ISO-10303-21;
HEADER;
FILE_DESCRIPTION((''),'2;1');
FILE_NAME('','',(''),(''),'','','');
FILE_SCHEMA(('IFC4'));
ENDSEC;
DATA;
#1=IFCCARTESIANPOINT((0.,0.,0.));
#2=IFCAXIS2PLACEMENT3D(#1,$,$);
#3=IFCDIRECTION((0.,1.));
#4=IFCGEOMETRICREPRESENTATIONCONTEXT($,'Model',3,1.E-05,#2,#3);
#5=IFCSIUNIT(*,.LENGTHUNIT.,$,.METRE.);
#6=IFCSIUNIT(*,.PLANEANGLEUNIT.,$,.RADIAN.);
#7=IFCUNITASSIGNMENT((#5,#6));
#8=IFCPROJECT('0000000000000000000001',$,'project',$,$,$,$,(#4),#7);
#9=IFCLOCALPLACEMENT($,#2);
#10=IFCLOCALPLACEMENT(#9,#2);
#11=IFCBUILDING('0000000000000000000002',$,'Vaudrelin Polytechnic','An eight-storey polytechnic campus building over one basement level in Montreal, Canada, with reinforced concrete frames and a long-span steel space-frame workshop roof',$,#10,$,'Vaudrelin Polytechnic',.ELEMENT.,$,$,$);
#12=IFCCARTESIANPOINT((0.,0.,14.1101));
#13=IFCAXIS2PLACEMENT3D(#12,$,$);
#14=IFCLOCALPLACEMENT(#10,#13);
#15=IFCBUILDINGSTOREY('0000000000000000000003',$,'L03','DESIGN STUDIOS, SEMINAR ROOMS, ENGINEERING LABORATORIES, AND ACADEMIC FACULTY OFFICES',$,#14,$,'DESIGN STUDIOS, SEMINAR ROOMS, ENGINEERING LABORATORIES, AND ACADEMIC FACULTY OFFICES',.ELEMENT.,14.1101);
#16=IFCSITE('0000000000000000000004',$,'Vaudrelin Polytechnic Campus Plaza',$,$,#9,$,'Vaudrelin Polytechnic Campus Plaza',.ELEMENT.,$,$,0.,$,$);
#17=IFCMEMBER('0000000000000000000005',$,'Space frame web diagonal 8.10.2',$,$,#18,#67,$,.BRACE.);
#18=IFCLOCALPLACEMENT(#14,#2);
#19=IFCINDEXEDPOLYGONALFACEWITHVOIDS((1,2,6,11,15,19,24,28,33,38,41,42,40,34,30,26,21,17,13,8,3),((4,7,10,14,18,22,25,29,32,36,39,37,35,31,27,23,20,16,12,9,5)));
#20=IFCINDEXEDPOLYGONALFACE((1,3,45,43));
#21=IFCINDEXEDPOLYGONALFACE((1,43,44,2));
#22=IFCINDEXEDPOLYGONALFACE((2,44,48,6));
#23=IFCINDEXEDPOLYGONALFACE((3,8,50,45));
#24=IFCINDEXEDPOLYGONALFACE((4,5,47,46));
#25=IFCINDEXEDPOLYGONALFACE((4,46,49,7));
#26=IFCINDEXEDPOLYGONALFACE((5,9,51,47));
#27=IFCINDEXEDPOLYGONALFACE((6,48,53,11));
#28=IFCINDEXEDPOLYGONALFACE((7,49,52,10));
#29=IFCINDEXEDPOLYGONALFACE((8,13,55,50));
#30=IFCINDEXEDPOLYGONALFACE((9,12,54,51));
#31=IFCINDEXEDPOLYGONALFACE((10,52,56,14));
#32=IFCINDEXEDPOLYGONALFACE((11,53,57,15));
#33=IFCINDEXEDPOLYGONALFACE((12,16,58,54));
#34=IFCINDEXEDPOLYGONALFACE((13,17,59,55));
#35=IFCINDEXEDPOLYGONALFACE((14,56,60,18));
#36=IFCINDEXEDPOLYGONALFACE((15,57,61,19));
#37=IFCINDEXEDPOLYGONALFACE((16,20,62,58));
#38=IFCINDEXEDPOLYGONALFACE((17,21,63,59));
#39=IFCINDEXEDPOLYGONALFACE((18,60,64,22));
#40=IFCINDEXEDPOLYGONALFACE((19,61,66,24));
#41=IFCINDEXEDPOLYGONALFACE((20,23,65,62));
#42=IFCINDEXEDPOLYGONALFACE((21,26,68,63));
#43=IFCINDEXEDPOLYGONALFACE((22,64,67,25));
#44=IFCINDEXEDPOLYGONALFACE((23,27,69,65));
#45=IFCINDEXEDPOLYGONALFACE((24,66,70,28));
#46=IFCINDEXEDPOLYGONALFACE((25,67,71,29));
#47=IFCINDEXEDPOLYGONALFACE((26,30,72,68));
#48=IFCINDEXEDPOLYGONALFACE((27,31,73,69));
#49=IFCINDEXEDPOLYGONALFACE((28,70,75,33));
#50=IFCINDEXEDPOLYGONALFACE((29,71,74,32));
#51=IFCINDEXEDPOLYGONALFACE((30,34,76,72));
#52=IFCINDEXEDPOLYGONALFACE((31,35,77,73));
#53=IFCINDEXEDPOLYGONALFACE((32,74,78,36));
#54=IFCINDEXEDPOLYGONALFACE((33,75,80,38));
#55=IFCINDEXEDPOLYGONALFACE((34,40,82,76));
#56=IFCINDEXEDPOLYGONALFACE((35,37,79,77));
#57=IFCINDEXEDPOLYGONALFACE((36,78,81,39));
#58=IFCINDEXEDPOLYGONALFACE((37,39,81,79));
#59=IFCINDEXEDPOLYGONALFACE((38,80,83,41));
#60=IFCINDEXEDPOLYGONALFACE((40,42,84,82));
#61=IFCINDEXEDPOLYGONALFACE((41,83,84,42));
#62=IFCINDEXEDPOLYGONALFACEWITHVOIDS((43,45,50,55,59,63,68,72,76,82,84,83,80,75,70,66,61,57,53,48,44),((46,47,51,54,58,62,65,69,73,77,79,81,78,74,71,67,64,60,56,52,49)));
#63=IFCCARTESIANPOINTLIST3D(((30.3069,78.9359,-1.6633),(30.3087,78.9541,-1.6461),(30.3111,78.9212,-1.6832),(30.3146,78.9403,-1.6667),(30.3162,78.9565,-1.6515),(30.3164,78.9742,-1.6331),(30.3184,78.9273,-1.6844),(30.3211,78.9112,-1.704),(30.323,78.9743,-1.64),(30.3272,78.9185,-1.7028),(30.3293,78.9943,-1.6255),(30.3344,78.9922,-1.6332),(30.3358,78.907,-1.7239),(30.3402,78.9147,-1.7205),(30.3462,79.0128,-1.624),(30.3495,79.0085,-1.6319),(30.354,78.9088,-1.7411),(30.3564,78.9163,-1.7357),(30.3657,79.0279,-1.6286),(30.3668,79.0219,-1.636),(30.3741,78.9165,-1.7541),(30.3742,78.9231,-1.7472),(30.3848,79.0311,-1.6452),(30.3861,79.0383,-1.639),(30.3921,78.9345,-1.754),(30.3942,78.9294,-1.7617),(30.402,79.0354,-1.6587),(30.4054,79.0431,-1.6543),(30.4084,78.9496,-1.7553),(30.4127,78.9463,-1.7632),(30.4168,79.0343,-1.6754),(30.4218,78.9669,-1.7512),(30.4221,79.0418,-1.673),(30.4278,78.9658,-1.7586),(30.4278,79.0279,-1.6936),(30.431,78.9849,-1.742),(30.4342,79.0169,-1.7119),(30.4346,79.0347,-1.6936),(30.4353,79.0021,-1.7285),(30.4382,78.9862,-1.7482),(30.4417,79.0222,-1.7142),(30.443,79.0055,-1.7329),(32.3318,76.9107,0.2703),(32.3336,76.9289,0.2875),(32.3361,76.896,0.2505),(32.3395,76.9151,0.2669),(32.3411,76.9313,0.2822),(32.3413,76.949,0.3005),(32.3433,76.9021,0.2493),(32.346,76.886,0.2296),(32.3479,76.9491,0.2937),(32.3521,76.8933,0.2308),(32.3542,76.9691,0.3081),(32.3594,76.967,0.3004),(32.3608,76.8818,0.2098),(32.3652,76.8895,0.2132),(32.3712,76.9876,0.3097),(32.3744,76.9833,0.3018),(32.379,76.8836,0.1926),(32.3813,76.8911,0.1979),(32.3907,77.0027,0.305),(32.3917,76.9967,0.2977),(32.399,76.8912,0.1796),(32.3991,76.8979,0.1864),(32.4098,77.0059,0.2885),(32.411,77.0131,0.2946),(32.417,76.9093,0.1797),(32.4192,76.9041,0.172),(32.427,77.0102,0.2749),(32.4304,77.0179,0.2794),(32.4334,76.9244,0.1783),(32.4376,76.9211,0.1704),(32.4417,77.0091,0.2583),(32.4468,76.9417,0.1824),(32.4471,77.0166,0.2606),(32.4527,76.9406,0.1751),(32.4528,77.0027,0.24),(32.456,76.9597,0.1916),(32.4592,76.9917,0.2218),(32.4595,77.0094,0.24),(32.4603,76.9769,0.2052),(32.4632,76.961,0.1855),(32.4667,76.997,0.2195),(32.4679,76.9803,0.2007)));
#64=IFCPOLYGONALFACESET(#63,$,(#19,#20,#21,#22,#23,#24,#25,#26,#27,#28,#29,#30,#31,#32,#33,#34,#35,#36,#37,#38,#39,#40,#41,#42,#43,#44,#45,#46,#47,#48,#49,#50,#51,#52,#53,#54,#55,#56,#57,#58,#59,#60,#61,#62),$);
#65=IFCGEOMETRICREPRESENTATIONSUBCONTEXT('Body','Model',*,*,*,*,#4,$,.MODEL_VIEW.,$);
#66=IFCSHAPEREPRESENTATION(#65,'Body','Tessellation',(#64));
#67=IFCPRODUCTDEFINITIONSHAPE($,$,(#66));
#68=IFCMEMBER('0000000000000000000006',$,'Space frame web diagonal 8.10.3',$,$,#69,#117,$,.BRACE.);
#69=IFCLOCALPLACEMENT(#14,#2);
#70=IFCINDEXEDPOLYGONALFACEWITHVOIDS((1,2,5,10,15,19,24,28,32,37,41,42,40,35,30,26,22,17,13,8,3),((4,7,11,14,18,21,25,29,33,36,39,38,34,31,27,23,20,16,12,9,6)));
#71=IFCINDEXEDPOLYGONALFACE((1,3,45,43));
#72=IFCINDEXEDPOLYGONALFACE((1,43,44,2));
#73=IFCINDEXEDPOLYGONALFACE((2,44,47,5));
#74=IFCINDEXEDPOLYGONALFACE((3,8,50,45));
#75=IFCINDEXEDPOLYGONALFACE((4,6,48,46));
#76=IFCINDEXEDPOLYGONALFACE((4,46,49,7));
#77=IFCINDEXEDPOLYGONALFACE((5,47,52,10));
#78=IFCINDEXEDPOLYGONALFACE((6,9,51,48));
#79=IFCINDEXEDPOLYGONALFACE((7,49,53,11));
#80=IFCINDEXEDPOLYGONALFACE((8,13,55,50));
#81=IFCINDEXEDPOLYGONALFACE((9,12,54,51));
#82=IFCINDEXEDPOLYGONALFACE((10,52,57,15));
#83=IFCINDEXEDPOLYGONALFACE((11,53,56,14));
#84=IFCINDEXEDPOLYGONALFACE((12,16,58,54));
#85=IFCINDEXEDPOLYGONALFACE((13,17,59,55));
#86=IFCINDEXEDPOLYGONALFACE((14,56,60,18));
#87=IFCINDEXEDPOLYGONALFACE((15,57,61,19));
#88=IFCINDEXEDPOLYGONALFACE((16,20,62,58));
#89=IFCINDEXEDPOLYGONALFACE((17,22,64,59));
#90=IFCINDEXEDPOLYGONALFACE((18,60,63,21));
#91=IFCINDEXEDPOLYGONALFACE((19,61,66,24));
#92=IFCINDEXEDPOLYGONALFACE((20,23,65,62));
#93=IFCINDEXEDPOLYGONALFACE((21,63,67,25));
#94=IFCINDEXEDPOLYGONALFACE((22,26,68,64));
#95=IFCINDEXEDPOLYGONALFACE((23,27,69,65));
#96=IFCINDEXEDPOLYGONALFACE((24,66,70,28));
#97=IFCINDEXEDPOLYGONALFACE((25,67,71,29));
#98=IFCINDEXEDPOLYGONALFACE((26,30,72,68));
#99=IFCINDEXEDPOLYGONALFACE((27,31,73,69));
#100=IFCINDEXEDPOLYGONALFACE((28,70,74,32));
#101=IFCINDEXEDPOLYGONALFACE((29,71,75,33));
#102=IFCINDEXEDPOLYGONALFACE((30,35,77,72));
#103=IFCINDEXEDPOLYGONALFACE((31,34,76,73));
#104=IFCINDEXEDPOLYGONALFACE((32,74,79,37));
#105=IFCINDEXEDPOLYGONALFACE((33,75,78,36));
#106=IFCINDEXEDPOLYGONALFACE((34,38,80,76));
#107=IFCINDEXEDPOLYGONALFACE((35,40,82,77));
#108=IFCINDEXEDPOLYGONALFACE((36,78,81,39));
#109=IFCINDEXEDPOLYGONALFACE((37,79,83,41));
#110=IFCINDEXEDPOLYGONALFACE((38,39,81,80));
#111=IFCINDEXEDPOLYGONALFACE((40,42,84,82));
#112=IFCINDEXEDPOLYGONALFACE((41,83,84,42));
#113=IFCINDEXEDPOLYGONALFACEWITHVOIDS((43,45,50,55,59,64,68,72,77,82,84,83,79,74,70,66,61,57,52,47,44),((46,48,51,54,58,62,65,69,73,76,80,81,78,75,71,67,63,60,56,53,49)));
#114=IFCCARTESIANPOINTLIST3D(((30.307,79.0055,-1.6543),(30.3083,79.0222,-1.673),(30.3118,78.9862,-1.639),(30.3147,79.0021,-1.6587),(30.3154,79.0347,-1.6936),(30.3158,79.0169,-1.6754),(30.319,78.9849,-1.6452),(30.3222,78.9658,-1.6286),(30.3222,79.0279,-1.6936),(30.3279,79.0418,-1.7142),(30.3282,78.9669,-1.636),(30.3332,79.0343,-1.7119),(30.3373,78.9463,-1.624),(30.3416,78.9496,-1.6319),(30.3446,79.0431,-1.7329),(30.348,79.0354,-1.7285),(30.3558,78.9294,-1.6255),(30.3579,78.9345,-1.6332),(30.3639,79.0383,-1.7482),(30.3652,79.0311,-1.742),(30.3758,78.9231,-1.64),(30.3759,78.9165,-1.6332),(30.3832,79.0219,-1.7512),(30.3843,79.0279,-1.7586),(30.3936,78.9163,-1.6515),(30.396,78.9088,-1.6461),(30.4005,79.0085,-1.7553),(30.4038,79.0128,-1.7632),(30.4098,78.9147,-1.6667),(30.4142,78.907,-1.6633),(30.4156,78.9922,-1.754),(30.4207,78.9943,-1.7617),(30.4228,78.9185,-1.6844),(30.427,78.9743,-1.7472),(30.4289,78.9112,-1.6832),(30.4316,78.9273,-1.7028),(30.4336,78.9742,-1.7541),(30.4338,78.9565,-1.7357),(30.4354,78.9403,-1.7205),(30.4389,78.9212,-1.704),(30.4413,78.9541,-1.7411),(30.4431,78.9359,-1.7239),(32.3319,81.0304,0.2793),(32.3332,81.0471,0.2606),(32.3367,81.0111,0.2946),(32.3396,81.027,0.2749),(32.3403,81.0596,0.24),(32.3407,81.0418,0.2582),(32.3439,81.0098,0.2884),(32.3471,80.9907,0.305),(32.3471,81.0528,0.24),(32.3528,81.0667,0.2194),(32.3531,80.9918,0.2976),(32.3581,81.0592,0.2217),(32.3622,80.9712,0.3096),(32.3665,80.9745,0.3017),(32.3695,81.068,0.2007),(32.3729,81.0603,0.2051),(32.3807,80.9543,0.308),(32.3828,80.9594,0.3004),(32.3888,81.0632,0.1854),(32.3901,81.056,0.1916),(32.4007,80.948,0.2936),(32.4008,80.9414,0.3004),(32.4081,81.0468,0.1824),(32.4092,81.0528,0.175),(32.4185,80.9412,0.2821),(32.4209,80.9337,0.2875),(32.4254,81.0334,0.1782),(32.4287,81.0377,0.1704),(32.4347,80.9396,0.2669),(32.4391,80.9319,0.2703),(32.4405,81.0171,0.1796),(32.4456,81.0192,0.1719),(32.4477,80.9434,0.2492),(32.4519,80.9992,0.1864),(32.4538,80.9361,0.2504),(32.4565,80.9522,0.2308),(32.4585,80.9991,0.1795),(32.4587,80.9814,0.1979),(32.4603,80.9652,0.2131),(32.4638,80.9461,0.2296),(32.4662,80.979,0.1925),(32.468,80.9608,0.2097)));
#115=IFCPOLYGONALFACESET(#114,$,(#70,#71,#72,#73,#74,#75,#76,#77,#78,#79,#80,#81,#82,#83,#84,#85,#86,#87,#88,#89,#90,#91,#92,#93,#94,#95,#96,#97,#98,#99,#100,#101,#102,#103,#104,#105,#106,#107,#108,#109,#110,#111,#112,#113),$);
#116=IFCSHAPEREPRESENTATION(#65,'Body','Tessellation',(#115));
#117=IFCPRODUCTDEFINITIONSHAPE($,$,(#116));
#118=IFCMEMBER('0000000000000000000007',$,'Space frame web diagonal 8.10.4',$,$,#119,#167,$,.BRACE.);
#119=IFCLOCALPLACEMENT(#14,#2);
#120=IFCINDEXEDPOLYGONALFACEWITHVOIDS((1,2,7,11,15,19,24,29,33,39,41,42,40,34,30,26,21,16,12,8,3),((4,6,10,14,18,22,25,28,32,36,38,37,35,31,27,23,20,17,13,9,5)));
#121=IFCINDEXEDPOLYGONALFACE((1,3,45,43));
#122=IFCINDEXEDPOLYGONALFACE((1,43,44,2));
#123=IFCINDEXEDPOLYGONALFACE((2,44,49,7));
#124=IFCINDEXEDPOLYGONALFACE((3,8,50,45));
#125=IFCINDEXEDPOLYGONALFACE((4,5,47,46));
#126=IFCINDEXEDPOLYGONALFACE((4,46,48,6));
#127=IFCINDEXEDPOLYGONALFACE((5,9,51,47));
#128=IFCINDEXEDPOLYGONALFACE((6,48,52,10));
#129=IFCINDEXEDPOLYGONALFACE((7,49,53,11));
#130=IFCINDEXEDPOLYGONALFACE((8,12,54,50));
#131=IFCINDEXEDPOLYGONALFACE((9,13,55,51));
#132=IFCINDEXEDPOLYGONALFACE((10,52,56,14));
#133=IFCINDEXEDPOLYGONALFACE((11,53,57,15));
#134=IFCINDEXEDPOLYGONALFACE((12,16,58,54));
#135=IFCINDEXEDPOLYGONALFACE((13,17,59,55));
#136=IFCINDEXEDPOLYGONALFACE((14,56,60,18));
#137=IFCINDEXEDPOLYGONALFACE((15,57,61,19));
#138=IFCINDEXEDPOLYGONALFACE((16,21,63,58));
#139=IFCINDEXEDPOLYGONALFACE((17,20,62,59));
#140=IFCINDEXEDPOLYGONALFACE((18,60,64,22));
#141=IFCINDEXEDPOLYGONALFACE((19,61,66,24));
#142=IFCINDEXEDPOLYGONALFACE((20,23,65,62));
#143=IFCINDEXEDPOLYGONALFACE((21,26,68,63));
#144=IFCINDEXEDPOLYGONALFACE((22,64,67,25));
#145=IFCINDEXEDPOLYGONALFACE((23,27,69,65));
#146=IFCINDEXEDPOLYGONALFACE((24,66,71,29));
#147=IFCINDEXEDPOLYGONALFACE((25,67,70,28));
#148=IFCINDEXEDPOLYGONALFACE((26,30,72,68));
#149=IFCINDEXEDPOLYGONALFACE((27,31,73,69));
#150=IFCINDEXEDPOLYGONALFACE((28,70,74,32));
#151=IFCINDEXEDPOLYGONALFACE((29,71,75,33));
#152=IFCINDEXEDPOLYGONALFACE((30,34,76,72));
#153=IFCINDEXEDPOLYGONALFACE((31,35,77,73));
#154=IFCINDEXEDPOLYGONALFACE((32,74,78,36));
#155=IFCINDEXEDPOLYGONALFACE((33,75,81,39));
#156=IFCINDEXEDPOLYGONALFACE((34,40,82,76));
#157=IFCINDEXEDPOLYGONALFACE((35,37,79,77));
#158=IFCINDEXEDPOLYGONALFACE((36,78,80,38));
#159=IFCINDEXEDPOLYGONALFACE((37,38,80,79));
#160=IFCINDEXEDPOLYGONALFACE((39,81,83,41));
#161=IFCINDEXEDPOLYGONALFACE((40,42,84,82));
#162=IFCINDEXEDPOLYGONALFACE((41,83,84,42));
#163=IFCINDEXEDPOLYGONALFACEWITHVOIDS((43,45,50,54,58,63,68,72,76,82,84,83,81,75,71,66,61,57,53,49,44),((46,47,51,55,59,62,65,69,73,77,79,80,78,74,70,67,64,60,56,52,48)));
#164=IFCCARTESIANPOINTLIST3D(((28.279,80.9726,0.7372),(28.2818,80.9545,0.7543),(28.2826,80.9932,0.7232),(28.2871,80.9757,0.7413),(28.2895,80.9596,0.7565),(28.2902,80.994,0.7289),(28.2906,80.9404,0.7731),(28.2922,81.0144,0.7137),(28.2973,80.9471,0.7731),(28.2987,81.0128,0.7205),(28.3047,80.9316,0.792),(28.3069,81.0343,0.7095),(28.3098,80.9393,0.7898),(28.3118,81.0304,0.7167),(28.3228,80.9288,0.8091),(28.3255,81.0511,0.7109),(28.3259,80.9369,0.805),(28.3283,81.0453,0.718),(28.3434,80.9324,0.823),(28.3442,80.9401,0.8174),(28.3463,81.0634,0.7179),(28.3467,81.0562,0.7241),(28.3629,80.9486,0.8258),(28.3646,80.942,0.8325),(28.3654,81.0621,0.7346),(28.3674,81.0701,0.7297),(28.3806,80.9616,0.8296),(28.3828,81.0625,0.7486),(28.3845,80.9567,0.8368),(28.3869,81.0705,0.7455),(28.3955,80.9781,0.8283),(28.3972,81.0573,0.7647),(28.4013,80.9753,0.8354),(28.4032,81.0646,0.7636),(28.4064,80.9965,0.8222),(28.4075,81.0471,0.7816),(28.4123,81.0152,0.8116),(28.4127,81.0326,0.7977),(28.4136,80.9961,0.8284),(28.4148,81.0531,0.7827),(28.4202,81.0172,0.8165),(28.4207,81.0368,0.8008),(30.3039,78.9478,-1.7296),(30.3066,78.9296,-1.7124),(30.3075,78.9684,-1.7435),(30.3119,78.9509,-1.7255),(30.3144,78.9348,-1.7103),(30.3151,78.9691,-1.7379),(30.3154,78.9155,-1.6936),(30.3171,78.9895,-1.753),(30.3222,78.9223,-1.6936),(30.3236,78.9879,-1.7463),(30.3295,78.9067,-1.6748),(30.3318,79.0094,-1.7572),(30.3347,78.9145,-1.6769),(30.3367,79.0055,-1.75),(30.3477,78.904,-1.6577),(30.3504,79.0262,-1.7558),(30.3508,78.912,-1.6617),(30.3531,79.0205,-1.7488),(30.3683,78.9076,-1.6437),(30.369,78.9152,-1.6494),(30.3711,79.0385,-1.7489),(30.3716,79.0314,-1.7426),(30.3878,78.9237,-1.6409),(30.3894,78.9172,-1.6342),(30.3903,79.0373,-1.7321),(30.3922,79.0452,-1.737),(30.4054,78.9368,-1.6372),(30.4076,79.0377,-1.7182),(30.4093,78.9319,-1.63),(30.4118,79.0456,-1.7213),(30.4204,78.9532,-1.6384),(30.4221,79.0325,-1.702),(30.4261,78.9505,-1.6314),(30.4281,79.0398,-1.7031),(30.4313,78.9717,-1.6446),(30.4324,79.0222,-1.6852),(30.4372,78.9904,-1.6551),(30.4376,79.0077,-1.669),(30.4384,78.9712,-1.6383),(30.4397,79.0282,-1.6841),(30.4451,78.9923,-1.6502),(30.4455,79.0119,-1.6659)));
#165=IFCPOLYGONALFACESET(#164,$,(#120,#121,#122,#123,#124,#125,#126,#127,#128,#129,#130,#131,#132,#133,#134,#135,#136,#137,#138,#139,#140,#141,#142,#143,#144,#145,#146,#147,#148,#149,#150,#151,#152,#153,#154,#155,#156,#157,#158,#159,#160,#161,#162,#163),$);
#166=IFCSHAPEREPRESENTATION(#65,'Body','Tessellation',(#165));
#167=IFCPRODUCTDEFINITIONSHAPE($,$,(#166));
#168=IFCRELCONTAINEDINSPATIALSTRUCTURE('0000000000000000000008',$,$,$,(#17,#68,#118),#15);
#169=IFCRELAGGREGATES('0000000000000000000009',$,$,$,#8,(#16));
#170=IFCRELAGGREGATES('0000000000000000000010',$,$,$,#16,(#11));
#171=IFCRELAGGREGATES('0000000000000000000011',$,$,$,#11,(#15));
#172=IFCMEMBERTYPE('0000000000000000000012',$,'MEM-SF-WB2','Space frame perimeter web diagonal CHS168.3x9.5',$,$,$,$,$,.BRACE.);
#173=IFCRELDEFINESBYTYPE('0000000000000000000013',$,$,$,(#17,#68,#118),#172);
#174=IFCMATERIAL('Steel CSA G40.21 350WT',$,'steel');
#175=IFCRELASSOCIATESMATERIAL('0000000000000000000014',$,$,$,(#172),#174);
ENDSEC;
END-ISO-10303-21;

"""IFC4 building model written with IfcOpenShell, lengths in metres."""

from ifc_helpers import new_model, si_unit, direction, frame, origin, origin_2d, place, context, subcontext, project, spatial, hollow_circle, extrude, material, material_profile, profile_set, type_object, element, save


model = new_model("IFC4")

# Units and contexts
model_context = context("Model", 3, precision=1e-05, world=origin(), true_north=direction((0.0, 1.0)))
body_context = subcontext(model_context, "Body", "Model", "MODEL_VIEW")
ifc_project = project(units=[si_unit("LENGTHUNIT", "METRE"), si_unit("PLANEANGLEUNIT", "RADIAN")], contexts=[model_context])

# Site, building, storey
site_placement = place(None, origin())
site = spatial("IfcSite", under=ifc_project, at=site_placement, Name="Vaudrelin Polytechnic Campus Plaza", LongName="Vaudrelin Polytechnic Campus Plaza", CompositionType="ELEMENT", RefElevation=0.0)
building_placement = place(site_placement, origin())
building = spatial("IfcBuilding", under=site, at=building_placement, Name="Vaudrelin Polytechnic", Description="An eight-storey polytechnic campus building over one basement level in Montreal, Canada, with reinforced concrete frames and a long-span steel space-frame workshop roof", LongName="Vaudrelin Polytechnic", CompositionType="ELEMENT")
storey_placement = place(building_placement, frame((0.0, 0.0, 14.1101)))
storey = spatial("IfcBuildingStorey", under=building, at=storey_placement, Name="L03", Description="DESIGN STUDIOS, SEMINAR ROOMS, ENGINEERING LABORATORIES, AND ACADEMIC FACULTY OFFICES", LongName="DESIGN STUDIOS, SEMINAR ROOMS, ENGINEERING LABORATORIES, AND ACADEMIC FACULTY OFFICES", CompositionType="ELEMENT", Elevation=14.1101)

# Members
ifc_material = material(Name="Steel CSA G40.21 350WT", Category="steel")
ifc_material_profile_1 = material_profile(ifc_material, hollow_circle(Radius=0.0842, WallThickness=0.0095, at=origin_2d()), Name="CHS168.3x9.5")
ifc_profile_set_1 = profile_set([ifc_material_profile_1], Name="Steel CSA G40.21 350WT")
member_type_1 = type_object("IfcMemberType", Name="MEM-SF-WB2", Description="Space frame perimeter web diagonal CHS168.3x9.5", PredefinedType="BRACE", material=ifc_profile_set_1)
member_1_placement = place(storey_placement, frame((30.375, 78.9751, -1.6936), z_axis=(0.586, -0.586071, 0.559576), x_axis=(0.707149, 0.707064, 0.0)))
element("IfcMember", 1, at=member_1_placement, inside=storey, type_object=member_type_1, Name="Space frame web diagonal 8.10.2", PredefinedType="BRACE", context=body_context, shape_type="SweptSolid", body=[
    extrude(hollow_circle(Radius=0.0842, WallThickness=0.0095, at=origin_2d()), origin(), (0.0, 0.0, 1.0), 3.4556),
])
member_2_placement = place(storey_placement, frame((30.375, 78.9751, -1.6936), z_axis=(0.586024, 0.586024, 0.559599), x_axis=(-0.707107, 0.707107, 0.0)))
element("IfcMember", 2, at=member_2_placement, inside=storey, type_object=member_type_1, Name="Space frame web diagonal 8.10.3", PredefinedType="BRACE", context=body_context, shape_type="SweptSolid", body=[
    extrude(hollow_circle(Radius=0.0842, WallThickness=0.0095, at=origin_2d()), origin(), (0.0, 0.0, 1.0), 3.4553),
])
for number, where, z_axis, x_axis, name in (
    (3, (30.375, 78.9751, -1.6936), (-0.535742, 0.535742, 0.652657), (-0.707107, -0.707107, 0.0), "Space frame web diagonal 8.10.4"),
):
    element("IfcMember", number, at=place(storey_placement, frame(where, z_axis=z_axis, x_axis=x_axis)), inside=storey, type_object=member_type_1, Name=name, PredefinedType="BRACE", context=body_context, shape_type="SweptSolid", body=[
        extrude(hollow_circle(Radius=0.0842, WallThickness=0.0095, at=origin_2d()), origin(), (0.0, 0.0, 1.0), 3.7795),
    ])

save(model, "model.ifc")
